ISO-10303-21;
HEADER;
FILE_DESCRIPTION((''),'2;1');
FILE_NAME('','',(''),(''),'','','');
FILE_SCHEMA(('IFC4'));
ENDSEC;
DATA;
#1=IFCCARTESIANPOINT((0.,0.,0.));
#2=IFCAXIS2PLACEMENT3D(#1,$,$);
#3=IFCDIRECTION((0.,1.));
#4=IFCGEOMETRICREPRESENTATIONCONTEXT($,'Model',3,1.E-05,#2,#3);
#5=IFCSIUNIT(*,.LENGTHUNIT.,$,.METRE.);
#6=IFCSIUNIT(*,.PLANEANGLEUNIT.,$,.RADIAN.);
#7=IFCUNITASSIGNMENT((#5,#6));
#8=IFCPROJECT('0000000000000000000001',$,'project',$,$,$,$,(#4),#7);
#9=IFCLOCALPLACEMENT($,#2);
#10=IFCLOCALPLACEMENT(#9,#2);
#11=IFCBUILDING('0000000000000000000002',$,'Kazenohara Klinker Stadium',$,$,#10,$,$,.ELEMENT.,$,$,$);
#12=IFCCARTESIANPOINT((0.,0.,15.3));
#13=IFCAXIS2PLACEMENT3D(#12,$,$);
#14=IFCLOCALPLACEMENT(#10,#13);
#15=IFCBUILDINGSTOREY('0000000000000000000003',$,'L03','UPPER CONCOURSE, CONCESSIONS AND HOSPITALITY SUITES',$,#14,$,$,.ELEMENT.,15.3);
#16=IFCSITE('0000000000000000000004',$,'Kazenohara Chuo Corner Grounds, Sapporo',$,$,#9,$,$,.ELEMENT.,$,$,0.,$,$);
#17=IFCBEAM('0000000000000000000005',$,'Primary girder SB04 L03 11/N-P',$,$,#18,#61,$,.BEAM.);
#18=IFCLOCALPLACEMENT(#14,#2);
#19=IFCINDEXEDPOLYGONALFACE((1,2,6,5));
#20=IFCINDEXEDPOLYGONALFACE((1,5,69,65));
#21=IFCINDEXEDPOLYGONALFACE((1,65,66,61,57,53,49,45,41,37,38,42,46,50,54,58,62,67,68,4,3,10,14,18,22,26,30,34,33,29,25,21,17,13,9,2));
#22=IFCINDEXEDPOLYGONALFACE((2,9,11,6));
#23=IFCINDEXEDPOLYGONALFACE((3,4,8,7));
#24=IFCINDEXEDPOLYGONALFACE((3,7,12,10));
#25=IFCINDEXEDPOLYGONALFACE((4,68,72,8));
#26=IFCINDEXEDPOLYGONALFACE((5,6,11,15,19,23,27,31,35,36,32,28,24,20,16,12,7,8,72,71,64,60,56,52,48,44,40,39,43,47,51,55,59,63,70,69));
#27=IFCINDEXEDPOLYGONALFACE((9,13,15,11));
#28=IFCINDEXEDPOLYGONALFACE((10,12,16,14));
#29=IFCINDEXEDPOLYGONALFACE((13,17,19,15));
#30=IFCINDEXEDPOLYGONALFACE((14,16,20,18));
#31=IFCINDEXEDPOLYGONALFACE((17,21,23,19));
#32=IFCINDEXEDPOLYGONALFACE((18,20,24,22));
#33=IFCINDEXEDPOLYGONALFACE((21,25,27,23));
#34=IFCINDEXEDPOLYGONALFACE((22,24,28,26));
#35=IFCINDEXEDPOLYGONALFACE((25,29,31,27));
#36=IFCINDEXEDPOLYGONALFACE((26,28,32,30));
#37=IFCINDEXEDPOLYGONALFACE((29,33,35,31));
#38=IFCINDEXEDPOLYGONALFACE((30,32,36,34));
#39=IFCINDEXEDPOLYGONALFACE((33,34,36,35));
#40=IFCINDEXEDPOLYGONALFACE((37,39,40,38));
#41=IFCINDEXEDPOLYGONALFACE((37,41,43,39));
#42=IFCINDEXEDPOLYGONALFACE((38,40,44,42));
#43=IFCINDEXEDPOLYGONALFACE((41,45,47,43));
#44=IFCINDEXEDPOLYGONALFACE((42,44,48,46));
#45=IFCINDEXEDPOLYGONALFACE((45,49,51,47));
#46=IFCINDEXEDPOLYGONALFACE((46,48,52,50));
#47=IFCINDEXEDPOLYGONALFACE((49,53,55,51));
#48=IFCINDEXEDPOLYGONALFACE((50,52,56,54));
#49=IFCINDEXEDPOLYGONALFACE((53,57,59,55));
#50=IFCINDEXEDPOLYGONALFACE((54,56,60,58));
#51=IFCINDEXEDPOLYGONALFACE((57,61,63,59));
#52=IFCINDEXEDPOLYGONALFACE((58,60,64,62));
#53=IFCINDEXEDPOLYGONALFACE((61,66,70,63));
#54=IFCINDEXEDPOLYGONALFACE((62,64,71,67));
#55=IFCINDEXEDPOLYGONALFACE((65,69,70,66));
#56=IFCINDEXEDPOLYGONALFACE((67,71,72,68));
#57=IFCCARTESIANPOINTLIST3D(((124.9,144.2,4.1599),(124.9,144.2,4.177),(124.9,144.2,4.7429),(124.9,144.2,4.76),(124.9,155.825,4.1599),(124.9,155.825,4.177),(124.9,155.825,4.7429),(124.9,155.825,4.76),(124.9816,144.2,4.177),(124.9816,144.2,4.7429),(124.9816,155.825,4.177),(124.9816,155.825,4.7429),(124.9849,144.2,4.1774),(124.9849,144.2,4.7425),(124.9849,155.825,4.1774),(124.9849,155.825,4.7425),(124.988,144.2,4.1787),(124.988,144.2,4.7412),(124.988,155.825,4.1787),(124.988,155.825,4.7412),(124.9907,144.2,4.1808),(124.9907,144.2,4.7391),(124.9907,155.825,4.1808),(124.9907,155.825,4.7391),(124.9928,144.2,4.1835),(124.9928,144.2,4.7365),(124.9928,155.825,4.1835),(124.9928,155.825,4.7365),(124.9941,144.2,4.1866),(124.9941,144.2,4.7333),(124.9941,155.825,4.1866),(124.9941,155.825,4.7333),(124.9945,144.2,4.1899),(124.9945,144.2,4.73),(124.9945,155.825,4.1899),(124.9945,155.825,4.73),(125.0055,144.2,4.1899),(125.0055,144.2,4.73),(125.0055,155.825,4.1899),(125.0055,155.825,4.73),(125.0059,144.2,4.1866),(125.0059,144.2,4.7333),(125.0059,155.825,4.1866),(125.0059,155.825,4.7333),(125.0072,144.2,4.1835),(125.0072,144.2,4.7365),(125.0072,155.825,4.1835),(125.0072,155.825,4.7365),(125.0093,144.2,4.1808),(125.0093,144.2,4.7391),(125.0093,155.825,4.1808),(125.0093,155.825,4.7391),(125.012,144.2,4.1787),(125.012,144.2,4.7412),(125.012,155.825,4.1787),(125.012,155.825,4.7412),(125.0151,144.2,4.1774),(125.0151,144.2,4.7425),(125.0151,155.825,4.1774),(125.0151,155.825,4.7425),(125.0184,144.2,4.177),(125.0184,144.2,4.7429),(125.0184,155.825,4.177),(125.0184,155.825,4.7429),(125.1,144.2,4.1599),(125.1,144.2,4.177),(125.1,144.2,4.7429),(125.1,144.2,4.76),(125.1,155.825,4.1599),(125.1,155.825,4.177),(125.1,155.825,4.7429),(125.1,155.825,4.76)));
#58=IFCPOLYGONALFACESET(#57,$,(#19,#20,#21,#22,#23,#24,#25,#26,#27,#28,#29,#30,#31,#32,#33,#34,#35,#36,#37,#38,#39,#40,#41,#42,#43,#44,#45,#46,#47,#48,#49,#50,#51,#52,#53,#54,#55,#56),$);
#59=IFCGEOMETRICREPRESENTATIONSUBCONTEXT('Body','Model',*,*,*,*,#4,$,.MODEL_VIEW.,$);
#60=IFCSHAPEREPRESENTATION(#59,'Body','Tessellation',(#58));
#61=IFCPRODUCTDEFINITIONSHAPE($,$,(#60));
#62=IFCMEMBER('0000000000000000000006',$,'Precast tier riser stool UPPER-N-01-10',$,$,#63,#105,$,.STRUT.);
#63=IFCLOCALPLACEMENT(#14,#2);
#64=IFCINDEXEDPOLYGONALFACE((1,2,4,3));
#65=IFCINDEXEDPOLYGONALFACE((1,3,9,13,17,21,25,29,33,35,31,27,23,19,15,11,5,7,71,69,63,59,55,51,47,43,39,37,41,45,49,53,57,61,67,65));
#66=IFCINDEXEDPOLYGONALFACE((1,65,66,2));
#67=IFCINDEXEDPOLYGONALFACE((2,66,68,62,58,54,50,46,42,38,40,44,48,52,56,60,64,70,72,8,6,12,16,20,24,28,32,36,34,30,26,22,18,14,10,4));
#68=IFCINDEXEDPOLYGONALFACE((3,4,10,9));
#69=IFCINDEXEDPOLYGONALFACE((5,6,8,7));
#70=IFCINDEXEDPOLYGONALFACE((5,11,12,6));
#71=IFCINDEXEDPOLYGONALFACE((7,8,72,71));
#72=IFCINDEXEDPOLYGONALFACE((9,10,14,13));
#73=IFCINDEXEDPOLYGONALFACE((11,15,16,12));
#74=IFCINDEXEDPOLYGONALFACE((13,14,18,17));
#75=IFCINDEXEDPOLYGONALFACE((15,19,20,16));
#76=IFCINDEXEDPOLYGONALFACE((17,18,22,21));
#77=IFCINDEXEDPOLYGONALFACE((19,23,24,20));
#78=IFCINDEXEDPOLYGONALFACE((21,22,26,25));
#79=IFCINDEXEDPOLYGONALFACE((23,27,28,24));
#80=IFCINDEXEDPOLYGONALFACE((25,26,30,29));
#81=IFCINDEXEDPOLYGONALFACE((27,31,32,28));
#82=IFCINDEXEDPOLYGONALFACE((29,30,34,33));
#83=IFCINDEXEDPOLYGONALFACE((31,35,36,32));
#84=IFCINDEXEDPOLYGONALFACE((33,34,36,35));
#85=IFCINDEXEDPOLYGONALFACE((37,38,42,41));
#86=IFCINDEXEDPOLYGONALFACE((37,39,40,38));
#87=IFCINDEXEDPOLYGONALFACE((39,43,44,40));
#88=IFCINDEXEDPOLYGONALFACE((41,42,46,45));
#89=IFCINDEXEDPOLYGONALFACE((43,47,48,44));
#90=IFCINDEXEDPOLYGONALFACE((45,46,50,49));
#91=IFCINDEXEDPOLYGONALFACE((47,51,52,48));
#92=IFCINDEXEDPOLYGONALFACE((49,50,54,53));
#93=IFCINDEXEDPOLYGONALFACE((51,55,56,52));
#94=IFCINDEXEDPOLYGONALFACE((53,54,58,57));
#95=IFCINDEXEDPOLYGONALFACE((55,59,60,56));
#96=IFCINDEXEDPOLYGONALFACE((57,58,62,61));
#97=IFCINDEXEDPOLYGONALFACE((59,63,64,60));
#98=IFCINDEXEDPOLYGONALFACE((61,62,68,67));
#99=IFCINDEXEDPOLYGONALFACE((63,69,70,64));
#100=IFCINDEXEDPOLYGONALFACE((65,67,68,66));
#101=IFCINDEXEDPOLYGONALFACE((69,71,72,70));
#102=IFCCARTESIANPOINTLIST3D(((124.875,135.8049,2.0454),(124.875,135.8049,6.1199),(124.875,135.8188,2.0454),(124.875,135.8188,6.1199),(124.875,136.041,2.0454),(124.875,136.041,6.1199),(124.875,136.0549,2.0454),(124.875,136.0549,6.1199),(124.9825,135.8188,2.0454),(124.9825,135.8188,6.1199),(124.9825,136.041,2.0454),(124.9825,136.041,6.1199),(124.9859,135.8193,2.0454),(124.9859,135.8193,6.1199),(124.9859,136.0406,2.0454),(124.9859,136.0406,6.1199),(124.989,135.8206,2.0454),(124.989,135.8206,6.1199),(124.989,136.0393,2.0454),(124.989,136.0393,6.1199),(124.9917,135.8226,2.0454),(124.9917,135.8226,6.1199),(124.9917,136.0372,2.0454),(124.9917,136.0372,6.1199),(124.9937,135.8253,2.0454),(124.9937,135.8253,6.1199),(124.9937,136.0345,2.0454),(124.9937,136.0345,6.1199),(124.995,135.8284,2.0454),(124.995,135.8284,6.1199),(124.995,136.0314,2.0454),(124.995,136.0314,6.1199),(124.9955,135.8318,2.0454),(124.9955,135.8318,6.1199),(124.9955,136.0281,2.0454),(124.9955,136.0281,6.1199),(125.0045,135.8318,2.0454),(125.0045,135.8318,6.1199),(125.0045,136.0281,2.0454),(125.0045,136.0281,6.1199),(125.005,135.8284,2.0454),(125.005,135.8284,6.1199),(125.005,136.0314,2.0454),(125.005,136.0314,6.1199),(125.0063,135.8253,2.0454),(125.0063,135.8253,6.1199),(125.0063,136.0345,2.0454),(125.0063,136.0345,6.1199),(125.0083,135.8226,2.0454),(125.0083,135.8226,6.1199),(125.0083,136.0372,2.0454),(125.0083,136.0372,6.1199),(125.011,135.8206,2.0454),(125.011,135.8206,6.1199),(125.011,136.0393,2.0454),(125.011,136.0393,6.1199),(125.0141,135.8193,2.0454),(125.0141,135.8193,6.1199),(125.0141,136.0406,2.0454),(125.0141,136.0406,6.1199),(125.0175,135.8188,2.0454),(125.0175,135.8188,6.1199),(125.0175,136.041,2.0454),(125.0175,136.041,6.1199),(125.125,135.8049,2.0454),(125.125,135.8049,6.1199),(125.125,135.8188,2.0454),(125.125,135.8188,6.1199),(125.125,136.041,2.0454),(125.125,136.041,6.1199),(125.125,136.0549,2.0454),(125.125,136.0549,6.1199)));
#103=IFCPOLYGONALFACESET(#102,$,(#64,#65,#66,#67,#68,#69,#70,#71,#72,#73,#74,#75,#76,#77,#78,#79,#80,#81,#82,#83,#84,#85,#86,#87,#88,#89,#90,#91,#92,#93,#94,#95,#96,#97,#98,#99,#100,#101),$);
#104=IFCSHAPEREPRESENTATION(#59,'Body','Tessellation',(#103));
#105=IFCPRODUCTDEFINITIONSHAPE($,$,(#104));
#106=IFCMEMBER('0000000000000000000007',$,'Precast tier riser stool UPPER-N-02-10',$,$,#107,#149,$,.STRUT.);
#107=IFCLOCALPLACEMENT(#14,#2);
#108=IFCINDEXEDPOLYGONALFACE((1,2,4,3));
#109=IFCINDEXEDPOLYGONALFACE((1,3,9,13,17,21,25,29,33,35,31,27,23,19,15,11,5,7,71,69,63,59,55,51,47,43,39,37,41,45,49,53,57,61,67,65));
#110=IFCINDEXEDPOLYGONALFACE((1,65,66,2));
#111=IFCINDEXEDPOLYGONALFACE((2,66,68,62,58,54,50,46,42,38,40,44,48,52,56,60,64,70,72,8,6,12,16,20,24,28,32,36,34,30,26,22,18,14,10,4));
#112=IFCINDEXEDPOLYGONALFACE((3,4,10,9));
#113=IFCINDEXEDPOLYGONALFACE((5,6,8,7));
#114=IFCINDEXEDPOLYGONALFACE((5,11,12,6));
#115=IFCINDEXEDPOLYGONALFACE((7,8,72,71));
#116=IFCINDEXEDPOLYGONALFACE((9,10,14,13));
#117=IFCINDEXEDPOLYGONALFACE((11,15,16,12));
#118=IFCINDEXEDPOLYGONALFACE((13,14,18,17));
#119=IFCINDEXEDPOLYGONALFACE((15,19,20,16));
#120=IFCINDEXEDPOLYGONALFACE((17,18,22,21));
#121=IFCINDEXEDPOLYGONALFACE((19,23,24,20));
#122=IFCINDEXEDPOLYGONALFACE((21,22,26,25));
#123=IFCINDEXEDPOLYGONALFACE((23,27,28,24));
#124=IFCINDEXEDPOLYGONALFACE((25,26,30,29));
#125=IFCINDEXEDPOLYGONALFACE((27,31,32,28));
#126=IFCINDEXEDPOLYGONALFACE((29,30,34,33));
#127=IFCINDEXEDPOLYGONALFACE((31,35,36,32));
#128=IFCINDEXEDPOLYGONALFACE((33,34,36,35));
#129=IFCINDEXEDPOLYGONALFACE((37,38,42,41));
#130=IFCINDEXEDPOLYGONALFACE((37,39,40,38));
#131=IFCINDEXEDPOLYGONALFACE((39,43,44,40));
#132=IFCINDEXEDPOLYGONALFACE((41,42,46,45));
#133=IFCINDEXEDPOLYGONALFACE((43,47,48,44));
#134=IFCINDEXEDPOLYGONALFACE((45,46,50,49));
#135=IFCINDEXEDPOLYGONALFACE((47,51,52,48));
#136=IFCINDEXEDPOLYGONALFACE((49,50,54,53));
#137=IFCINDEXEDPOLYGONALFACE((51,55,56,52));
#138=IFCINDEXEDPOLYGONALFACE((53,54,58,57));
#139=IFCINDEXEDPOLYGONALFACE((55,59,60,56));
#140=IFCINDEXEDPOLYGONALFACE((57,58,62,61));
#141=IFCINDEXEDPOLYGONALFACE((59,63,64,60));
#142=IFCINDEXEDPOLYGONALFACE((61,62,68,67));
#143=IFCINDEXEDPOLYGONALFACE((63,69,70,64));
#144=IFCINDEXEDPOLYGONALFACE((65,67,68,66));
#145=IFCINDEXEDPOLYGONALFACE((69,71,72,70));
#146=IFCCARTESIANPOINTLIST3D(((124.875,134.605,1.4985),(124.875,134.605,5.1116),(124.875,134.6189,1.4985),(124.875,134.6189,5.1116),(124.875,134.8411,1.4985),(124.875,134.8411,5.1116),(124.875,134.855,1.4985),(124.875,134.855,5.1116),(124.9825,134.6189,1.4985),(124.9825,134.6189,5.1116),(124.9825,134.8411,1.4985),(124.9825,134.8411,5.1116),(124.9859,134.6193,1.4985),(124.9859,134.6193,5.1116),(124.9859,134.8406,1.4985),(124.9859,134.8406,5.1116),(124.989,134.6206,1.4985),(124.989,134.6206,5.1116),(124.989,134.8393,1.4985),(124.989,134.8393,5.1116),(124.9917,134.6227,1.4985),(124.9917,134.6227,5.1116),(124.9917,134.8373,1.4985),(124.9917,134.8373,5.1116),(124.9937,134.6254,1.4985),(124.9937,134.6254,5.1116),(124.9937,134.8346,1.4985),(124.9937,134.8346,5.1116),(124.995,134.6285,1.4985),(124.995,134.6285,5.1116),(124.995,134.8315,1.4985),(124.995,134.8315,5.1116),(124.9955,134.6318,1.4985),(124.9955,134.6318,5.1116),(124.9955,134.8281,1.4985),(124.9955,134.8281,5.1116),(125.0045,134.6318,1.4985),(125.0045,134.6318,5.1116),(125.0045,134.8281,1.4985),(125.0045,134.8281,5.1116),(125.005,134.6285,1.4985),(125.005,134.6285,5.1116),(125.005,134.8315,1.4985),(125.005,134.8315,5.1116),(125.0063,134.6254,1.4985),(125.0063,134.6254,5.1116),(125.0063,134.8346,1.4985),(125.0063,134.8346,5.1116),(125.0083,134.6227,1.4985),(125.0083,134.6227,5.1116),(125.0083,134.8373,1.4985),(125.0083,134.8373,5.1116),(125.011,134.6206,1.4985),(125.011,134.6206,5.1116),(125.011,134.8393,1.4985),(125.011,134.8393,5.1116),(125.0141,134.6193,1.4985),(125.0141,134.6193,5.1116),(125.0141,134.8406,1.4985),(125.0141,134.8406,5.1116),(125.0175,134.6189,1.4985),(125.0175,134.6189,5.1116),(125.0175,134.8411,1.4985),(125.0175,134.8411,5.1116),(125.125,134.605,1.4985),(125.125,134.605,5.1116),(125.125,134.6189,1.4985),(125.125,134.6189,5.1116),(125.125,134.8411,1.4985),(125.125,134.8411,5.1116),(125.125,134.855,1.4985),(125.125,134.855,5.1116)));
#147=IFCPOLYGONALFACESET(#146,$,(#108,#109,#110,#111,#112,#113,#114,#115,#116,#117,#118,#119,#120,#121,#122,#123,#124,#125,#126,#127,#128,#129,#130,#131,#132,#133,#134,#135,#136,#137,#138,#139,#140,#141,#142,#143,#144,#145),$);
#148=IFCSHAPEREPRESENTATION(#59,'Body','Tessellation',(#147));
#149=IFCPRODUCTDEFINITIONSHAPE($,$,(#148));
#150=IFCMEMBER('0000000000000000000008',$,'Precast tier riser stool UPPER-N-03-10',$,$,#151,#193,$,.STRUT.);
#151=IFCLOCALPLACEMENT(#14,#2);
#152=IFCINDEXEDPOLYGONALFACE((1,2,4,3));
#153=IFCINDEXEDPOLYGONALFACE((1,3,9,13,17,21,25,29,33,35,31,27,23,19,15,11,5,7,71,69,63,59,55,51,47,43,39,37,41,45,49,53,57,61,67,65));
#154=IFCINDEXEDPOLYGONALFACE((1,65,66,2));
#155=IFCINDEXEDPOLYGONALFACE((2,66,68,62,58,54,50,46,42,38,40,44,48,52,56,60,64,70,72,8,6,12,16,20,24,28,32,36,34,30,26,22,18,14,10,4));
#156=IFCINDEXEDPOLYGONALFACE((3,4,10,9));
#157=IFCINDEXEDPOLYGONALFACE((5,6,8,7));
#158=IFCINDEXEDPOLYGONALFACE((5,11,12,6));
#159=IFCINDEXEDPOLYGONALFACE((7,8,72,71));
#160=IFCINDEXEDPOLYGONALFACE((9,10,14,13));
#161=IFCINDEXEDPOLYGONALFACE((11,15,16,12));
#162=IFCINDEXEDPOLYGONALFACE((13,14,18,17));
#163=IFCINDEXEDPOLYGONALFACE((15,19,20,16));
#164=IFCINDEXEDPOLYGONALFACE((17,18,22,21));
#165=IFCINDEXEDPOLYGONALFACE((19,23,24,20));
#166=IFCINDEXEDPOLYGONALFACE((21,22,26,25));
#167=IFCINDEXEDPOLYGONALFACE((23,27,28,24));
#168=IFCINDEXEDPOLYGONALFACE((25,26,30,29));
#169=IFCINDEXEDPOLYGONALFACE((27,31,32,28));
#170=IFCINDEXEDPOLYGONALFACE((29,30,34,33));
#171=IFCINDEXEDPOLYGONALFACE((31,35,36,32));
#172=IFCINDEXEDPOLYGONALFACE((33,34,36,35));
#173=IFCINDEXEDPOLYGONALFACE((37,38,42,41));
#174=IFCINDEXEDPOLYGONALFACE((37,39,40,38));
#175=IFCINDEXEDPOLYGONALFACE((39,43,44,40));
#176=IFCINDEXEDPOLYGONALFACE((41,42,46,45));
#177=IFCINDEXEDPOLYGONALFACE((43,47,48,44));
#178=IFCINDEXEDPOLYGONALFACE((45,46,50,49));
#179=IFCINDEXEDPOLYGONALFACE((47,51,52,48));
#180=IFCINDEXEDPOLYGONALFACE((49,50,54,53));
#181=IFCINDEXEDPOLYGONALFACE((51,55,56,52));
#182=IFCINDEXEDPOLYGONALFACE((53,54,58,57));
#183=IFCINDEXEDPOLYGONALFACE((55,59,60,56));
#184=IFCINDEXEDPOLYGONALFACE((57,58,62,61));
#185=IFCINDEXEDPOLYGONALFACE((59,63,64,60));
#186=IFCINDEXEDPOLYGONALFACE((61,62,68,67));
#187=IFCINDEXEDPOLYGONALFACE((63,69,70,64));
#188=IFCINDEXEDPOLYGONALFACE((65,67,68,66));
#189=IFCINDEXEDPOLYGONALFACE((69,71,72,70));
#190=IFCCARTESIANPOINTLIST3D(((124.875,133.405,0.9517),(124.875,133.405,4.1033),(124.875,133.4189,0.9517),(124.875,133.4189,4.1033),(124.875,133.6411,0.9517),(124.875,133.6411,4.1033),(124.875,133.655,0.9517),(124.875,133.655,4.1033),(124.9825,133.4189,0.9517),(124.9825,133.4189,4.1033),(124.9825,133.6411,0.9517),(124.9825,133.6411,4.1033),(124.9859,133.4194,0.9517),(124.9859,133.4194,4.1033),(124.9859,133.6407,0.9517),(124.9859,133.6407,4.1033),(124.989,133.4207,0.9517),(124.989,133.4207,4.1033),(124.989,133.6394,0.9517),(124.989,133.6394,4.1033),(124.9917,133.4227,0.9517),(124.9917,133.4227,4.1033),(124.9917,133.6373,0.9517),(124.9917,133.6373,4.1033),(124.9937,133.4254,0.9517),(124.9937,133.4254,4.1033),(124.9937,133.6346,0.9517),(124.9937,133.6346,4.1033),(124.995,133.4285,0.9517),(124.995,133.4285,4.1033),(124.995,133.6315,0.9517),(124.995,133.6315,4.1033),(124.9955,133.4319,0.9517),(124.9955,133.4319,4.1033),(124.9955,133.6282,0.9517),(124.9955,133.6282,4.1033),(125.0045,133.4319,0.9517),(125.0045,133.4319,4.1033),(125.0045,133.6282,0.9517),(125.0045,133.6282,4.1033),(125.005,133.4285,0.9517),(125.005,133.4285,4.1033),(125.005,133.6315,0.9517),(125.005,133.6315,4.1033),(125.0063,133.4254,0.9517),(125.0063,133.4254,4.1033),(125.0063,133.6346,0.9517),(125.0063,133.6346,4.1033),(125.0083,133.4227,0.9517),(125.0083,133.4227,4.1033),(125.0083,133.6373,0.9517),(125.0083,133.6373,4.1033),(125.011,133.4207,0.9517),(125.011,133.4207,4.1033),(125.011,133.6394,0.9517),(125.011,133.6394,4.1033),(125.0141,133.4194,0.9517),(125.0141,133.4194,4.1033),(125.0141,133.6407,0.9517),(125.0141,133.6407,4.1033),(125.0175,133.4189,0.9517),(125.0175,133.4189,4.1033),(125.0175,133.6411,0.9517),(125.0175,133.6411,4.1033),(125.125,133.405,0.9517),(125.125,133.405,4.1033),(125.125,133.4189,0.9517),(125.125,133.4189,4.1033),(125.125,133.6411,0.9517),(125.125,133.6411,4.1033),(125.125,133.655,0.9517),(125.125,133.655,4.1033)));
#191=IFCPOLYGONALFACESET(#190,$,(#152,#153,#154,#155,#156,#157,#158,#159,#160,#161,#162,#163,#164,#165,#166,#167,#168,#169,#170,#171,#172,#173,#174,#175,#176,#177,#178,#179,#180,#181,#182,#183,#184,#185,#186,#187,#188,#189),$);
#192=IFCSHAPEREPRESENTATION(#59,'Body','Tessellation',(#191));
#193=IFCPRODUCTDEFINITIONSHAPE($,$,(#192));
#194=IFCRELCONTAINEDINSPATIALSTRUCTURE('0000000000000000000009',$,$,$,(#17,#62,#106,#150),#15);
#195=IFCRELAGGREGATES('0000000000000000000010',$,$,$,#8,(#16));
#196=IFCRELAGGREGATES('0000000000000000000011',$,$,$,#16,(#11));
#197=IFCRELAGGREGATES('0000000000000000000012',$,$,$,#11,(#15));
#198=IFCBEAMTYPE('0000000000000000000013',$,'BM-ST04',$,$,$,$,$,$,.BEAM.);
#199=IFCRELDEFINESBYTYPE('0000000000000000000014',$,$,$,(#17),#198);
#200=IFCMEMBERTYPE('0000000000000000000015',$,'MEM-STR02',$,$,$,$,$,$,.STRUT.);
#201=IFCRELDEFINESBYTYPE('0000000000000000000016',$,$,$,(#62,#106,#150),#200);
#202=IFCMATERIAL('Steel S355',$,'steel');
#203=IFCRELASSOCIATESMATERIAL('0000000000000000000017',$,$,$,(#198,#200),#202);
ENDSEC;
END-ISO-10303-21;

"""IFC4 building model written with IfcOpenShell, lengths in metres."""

from ifc_helpers import new_model, si_unit, direction, frame, origin, origin_2d, place, context, subcontext, project, spatial, i_section, extrude, material, material_profile, profile_set, type_object, element, save


model = new_model("IFC4")

# Units and contexts
model_context = context("Model", 3, precision=1e-05, world=origin(), true_north=direction((0.0, 1.0)))
body_context = subcontext(model_context, "Body", "Model", "MODEL_VIEW")
ifc_project = project(units=[si_unit("LENGTHUNIT", "METRE"), si_unit("PLANEANGLEUNIT", "RADIAN")], contexts=[model_context])

# Site, building, storey
site_placement = place(None, origin())
site = spatial("IfcSite", under=ifc_project, at=site_placement, Name="Kazenohara Chuo Corner Grounds, Sapporo", CompositionType="ELEMENT", RefElevation=0.0)
building_placement = place(site_placement, origin())
building = spatial("IfcBuilding", under=site, at=building_placement, Name="Kazenohara Klinker Stadium", CompositionType="ELEMENT")
storey_placement = place(building_placement, frame((0.0, 0.0, 15.3)))
storey = spatial("IfcBuildingStorey", under=building, at=storey_placement, Name="L03", Description="UPPER CONCOURSE, CONCESSIONS AND HOSPITALITY SUITES", CompositionType="ELEMENT", Elevation=15.3)

# Shared definitions
ifc_material_1 = material(Name="Steel S355", Category="steel")

# Beam
ifc_material_profile_1 = material_profile(ifc_material_1, i_section(OverallWidth=0.2, OverallDepth=0.6001, WebThickness=0.011, FlangeThickness=0.0171, FilletRadius=0.0129, at=origin_2d()), Name="H-600x200x11x17")
ifc_profile_set_1 = profile_set([ifc_material_profile_1], Name="Steel S355")
beam_type_1 = type_object("IfcBeamType", Name="BM-ST04", PredefinedType="BEAM", material=ifc_profile_set_1)
beam_1_placement = place(storey_placement, frame((125.0, 144.2, 4.46), z_axis=(0.0, 1.0, 0.0), x_axis=(-1.0, 0.0, 0.0)))
element("IfcBeam", 1, at=beam_1_placement, inside=storey, type_object=beam_type_1, Name="Primary girder SB04 L03 11/N-P", PredefinedType="BEAM", context=body_context, shape_type="SweptSolid", body=[
    extrude(i_section(OverallWidth=0.2, OverallDepth=0.6001, WebThickness=0.011, FlangeThickness=0.0171, FilletRadius=0.0129, at=origin_2d()), origin(), (0.0, 0.0, 1.0), 11.625),
])

# Members
ifc_material_profile_2 = material_profile(ifc_material_1, i_section(OverallWidth=0.25, OverallDepth=0.25, WebThickness=0.009, FlangeThickness=0.0139, FilletRadius=0.0129, at=origin_2d()), Name="H-250x250x9x14")
ifc_profile_set_2 = profile_set([ifc_material_profile_2], Name="Steel S355")
member_type = type_object("IfcMemberType", Name="MEM-STR02", PredefinedType="STRUT", material=ifc_profile_set_2)
member_1_placement = place(storey_placement, frame((125.0, 135.9299, 2.0454), z_axis=(0.0, 0.0, 1.0), x_axis=(1.0, 0.0, 0.0)))
element("IfcMember", 2, at=member_1_placement, inside=storey, type_object=member_type, Name="Precast tier riser stool UPPER-N-01-10", PredefinedType="STRUT", context=body_context, shape_type="SweptSolid", body=[
    extrude(i_section(OverallWidth=0.25, OverallDepth=0.25, WebThickness=0.009, FlangeThickness=0.0139, FilletRadius=0.0129, at=origin_2d()), origin(), (0.0, 0.0, 1.0), 4.0745),
])
member_2_placement = place(storey_placement, frame((125.0, 134.73, 1.4985), z_axis=(0.0, 0.0, 1.0), x_axis=(1.0, 0.0, 0.0)))
element("IfcMember", 3, at=member_2_placement, inside=storey, type_object=member_type, Name="Precast tier riser stool UPPER-N-02-10", PredefinedType="STRUT", context=body_context, shape_type="SweptSolid", body=[
    extrude(i_section(OverallWidth=0.25, OverallDepth=0.25, WebThickness=0.009, FlangeThickness=0.0139, FilletRadius=0.0129, at=origin_2d()), origin(), (0.0, 0.0, 1.0), 3.613),
])
member_3_placement = place(storey_placement, frame((125.0, 133.53, 0.9517), z_axis=(0.0, 0.0, 1.0), x_axis=(1.0, 0.0, 0.0)))
element("IfcMember", 4, at=member_3_placement, inside=storey, type_object=member_type, Name="Precast tier riser stool UPPER-N-03-10", PredefinedType="STRUT", context=body_context, shape_type="SweptSolid", body=[
    extrude(i_section(OverallWidth=0.25, OverallDepth=0.25, WebThickness=0.009, FlangeThickness=0.0139, FilletRadius=0.0129, at=origin_2d()), origin(), (0.0, 0.0, 1.0), 3.1516),
])

save(model, "model.ifc")
